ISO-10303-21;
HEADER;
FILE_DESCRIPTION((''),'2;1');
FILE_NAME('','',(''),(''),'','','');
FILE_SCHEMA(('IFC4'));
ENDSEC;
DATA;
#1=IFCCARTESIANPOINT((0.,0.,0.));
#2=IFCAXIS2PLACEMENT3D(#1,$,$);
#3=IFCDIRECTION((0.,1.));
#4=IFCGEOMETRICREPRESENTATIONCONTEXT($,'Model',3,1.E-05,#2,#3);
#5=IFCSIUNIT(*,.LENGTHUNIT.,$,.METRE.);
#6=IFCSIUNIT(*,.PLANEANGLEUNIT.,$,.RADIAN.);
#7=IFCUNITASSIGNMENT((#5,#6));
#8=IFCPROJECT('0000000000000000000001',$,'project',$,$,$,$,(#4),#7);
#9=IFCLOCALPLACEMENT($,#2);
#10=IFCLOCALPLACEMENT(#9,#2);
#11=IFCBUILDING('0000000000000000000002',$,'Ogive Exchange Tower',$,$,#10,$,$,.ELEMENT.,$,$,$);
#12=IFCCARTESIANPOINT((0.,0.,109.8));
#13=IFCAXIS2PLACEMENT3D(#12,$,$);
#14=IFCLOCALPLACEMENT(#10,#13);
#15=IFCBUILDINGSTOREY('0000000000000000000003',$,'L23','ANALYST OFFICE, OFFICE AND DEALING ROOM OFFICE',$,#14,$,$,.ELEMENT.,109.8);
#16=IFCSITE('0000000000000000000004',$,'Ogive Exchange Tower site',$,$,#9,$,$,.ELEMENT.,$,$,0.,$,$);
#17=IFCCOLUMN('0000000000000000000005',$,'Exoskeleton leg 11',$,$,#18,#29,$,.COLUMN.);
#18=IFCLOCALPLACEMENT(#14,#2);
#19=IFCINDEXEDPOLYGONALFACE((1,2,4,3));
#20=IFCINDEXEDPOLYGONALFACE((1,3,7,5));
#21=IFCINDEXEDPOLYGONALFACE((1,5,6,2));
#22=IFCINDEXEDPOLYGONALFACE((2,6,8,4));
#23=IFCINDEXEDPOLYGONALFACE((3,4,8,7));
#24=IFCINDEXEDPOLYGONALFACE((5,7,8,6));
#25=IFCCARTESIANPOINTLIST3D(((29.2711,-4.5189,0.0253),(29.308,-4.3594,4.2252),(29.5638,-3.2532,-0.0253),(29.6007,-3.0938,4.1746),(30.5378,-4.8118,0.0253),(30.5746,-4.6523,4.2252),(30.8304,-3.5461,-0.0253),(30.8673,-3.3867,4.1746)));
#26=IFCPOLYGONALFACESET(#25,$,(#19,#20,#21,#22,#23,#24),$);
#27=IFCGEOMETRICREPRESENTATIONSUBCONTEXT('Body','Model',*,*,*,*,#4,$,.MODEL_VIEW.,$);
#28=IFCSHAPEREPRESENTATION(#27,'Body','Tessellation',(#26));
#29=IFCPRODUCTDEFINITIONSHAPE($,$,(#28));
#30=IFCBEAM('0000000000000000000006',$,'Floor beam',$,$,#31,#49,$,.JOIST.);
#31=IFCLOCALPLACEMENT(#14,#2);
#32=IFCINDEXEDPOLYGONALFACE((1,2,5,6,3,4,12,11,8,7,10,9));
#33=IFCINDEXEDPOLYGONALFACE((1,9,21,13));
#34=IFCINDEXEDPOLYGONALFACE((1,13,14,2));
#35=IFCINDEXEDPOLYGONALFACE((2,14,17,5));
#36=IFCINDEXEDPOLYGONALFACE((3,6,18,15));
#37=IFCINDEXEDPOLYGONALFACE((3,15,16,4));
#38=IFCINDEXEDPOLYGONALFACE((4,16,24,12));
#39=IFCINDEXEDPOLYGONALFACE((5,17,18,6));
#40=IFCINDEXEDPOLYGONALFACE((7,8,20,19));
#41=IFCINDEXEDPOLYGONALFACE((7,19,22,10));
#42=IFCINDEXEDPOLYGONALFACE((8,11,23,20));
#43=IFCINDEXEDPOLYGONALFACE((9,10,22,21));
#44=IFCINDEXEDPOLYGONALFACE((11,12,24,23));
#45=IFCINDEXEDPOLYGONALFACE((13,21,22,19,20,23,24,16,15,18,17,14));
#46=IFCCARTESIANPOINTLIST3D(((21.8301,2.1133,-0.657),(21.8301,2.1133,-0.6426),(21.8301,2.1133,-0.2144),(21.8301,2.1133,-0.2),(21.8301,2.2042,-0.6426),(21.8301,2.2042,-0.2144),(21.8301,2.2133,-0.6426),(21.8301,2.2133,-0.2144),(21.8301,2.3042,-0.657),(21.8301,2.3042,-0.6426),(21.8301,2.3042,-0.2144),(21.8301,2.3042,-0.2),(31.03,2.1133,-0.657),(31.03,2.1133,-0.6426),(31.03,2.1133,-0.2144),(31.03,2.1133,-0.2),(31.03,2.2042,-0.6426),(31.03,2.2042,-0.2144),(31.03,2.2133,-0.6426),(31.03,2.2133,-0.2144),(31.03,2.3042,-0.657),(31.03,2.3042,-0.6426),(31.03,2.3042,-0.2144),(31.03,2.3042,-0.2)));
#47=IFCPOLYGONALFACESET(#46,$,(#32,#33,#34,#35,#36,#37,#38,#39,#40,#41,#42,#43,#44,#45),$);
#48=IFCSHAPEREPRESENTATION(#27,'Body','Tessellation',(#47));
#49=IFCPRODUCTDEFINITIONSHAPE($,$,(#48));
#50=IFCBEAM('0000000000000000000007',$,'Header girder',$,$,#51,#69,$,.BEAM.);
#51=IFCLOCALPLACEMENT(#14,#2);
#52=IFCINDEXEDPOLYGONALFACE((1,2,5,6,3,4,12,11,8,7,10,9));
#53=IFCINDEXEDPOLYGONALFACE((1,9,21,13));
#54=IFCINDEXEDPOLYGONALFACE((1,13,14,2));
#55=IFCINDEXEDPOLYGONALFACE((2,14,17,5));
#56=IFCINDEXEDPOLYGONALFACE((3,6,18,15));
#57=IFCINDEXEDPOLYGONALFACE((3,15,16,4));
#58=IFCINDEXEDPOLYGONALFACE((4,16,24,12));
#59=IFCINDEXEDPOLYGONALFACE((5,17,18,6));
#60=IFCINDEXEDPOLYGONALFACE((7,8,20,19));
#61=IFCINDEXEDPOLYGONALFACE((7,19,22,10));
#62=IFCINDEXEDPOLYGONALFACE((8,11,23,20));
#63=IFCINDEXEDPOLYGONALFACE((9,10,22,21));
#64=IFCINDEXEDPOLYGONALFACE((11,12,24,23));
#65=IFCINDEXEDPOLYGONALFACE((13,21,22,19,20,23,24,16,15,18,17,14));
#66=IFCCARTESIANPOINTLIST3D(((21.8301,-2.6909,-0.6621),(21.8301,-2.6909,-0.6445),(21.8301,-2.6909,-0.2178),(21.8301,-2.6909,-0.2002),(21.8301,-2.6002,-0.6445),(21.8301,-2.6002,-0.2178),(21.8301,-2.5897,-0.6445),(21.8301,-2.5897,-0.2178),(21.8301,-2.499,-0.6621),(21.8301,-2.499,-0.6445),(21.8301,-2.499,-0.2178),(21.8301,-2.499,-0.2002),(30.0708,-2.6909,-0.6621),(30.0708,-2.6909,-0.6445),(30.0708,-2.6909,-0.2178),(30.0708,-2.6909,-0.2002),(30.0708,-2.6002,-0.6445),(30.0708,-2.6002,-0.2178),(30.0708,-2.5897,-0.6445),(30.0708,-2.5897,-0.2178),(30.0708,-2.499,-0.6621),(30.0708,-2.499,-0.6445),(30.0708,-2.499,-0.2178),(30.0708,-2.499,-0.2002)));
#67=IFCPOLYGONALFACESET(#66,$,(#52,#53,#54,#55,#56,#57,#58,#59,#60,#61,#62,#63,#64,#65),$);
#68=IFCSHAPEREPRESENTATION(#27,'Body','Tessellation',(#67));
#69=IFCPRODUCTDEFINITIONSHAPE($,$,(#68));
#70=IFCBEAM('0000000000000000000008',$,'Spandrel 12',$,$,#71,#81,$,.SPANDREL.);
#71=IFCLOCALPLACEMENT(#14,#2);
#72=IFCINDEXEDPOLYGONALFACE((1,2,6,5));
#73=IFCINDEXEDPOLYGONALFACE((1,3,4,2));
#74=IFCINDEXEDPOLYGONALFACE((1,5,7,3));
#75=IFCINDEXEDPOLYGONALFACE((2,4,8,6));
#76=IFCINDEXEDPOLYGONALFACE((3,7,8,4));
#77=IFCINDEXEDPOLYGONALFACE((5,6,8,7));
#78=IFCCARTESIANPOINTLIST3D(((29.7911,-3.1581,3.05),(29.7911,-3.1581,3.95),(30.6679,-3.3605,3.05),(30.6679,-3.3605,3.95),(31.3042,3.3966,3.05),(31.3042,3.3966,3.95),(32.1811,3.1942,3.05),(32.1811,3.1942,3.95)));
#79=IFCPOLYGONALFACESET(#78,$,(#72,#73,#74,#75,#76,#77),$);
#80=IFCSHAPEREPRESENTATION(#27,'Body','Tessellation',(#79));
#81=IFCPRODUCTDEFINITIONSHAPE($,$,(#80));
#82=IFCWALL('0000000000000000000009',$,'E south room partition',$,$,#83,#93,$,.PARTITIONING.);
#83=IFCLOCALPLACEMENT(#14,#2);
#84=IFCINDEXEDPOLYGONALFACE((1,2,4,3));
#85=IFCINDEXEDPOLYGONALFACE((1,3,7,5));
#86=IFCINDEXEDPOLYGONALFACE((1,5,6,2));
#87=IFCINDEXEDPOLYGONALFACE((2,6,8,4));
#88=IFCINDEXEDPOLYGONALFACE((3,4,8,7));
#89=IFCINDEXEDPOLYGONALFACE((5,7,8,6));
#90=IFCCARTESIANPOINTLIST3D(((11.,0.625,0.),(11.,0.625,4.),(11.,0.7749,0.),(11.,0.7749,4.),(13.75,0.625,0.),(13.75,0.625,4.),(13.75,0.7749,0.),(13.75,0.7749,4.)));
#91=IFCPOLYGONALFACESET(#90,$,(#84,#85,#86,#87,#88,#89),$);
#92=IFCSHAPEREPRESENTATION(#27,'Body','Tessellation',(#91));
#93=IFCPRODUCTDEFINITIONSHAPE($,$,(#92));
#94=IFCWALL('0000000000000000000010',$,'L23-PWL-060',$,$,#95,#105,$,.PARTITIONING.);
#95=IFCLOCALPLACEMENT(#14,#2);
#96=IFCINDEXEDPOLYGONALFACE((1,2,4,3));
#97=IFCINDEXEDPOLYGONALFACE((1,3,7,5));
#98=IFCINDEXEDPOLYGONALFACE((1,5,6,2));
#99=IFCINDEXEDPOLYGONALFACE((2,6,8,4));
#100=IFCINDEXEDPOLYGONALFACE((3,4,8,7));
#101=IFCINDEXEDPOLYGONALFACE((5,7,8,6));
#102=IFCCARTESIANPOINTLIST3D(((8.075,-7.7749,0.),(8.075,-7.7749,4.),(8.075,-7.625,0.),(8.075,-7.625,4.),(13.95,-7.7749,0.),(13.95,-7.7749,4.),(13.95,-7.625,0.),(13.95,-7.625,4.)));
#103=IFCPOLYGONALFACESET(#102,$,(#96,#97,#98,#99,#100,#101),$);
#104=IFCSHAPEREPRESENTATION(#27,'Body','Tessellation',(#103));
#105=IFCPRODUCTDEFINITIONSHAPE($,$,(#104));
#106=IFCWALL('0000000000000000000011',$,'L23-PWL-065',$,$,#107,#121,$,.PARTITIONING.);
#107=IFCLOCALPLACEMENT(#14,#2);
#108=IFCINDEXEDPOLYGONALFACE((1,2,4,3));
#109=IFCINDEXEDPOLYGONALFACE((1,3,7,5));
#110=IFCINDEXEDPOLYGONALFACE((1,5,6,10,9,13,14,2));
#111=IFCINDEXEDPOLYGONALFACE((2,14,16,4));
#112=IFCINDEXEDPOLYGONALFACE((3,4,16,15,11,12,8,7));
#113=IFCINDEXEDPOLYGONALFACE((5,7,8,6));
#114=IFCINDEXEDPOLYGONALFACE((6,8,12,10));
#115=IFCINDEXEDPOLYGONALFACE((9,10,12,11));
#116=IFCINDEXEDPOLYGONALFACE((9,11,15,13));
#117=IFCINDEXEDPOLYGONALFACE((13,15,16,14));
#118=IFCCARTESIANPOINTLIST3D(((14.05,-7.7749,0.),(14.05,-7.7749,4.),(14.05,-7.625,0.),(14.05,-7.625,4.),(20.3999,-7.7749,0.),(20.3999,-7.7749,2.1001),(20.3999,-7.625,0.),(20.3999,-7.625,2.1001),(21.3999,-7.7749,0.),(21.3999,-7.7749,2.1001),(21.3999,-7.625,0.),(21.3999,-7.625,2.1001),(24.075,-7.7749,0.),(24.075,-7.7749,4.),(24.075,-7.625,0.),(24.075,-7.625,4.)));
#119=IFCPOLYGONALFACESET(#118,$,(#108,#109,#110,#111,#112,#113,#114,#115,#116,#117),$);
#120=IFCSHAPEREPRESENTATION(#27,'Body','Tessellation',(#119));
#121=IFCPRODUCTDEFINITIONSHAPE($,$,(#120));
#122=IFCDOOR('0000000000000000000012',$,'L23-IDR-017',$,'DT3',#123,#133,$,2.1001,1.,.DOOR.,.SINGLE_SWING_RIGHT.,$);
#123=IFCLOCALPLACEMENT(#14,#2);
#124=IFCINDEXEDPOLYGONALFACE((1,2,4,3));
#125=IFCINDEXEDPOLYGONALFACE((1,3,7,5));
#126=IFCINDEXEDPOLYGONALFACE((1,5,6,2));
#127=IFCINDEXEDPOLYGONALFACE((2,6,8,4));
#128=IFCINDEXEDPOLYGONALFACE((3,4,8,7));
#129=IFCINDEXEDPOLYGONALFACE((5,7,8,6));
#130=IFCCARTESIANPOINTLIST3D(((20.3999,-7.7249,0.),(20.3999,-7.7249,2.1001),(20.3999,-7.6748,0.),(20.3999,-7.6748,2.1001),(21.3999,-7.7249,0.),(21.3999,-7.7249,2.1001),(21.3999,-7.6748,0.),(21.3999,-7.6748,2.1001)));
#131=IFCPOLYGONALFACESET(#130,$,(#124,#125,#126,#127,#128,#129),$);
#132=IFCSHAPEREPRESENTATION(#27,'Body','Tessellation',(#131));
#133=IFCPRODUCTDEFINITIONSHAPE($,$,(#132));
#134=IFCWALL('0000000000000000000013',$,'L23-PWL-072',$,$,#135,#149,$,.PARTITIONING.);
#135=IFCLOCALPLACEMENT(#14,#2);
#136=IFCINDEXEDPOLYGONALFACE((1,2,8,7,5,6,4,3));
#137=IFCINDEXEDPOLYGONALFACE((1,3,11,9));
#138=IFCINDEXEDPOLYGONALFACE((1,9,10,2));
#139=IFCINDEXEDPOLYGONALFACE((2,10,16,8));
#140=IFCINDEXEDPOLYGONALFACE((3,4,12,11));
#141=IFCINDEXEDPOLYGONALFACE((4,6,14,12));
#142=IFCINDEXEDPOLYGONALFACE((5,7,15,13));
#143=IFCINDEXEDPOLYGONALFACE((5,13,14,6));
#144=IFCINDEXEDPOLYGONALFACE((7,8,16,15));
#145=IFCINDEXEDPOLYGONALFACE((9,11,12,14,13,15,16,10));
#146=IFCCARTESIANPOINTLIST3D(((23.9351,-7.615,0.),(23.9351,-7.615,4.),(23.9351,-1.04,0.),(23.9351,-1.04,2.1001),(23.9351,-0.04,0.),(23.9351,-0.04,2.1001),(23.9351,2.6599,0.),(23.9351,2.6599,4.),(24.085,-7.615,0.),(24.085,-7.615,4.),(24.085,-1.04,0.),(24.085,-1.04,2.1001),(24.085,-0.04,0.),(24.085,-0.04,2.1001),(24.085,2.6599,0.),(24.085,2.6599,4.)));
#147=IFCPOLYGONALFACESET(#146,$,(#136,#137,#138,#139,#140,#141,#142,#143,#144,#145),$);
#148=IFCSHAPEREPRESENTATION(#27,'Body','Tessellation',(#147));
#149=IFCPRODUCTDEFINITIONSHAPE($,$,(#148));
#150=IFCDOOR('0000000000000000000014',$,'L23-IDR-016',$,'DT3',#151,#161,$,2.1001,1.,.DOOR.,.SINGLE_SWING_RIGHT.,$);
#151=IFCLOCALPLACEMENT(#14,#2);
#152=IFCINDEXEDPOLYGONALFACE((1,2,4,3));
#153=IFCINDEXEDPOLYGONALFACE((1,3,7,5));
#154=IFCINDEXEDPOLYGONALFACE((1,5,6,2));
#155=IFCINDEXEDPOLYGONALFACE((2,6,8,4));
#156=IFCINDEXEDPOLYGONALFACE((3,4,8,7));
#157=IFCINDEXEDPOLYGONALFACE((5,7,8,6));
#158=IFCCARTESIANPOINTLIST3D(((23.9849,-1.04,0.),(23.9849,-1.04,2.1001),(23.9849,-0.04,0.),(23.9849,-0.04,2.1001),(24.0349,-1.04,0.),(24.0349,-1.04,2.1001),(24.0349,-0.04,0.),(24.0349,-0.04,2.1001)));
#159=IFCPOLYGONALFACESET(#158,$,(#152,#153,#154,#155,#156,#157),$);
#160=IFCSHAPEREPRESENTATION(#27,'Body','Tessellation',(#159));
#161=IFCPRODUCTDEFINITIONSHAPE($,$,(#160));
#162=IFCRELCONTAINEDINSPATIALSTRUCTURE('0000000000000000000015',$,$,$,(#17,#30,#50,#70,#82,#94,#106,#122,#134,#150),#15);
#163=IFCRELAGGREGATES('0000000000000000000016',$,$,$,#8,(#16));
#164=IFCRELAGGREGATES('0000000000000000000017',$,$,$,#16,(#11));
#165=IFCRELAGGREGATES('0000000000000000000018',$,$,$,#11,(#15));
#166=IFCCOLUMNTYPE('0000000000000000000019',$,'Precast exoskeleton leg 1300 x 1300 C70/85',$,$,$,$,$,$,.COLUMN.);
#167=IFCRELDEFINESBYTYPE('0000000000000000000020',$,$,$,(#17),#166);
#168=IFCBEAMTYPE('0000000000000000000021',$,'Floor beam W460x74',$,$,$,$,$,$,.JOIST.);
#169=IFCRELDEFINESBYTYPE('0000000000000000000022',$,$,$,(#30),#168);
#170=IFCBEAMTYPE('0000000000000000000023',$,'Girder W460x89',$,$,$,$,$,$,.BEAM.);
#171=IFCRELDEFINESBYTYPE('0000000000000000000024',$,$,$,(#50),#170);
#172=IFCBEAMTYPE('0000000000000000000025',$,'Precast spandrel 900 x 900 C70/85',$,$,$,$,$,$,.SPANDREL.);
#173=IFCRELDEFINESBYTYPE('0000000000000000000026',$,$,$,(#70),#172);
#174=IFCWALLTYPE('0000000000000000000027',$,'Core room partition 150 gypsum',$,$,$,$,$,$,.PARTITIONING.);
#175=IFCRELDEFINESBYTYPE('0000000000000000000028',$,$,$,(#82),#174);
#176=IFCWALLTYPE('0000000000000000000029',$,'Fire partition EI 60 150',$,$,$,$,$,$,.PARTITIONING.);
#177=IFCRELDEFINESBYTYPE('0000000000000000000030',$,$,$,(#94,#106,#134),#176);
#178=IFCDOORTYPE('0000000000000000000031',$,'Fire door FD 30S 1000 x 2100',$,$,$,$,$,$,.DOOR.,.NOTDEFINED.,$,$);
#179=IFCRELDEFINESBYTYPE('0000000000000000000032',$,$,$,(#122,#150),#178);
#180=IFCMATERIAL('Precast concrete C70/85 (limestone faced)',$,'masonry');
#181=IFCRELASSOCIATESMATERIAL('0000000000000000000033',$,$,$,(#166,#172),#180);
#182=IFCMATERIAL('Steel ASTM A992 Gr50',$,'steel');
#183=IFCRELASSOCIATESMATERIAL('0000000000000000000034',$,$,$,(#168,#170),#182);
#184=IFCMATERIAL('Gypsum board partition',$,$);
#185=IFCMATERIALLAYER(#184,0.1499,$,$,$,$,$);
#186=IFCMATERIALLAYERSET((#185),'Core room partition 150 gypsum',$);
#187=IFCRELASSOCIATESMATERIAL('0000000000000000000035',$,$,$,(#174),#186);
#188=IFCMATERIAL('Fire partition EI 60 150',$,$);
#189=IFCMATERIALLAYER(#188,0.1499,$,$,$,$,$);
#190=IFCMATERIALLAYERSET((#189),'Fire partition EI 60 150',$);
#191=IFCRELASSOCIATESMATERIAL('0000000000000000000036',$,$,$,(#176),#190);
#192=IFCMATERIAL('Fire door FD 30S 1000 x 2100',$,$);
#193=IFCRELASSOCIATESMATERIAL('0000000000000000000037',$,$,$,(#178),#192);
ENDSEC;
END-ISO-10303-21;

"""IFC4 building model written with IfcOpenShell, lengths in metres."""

from ifc_helpers import new_model, si_unit, direction, frame, frame_2d, origin, origin_2d, place, context, subcontext, project, spatial, rectangle, i_section, extrude, material, layer, layer_set, material_profile, profile_set, type_object, element, fill, save


model = new_model("IFC4")

# Units and contexts
model_context = context("Model", 3, precision=1e-05, world=origin(), true_north=direction((0.0, 1.0)))
body_context = subcontext(model_context, "Body", "Model", "MODEL_VIEW")
ifc_project = project(units=[si_unit("LENGTHUNIT", "METRE"), si_unit("PLANEANGLEUNIT", "RADIAN")], contexts=[model_context])

# Site, building, storey
site_placement = place(None, origin())
site = spatial("IfcSite", under=ifc_project, at=site_placement, Name="Ogive Exchange Tower site", CompositionType="ELEMENT", RefElevation=0.0)
building_placement = place(site_placement, origin())
building = spatial("IfcBuilding", under=site, at=building_placement, Name="Ogive Exchange Tower", CompositionType="ELEMENT")
storey_placement = place(building_placement, frame((0.0, 0.0, 109.8)))
storey = spatial("IfcBuildingStorey", under=building, at=storey_placement, Name="L23", Description="ANALYST OFFICE, OFFICE AND DEALING ROOM OFFICE", CompositionType="ELEMENT", Elevation=109.8)

# Column
ifc_material_1 = material(Name="Precast concrete C70/85 (limestone faced)", Category="masonry")
ifc_material_profile_1 = material_profile(ifc_material_1, rectangle(XDim=1.3, YDim=1.3, at=origin_2d()), Name="1300 x 1300")
ifc_profile_set_1 = profile_set([ifc_material_profile_1], Name="Precast concrete C70/85 (limestone faced)")
column_type = type_object("IfcColumnType", Name="Precast exoskeleton leg 1300 x 1300 C70/85", PredefinedType="COLUMN", material=ifc_profile_set_1)
column_placement = place(storey_placement, frame((30.0508, -4.0325, 0.0), z_axis=(0.008771, 0.03793, 0.999242), x_axis=(-0.974291, 0.225295, 0.0)))
element("IfcColumn", 1, at=column_placement, inside=storey, type_object=column_type, Name="Exoskeleton leg 11", PredefinedType="COLUMN", context=body_context, shape_type="SweptSolid", body=[
    extrude(rectangle(XDim=1.3, YDim=1.3, at=origin_2d()), origin(), (0.0, 0.0, 1.0), 4.2031),
])

# Beams
ifc_material_2 = material(Name="Steel ASTM A992 Gr50", Category="steel")
ifc_material_profile_2 = material_profile(ifc_material_2, i_section(OverallWidth=0.1909, OverallDepth=0.457, WebThickness=0.009, FlangeThickness=0.0144, at=origin_2d()), Name="W460x74")
ifc_profile_set_2 = profile_set([ifc_material_profile_2], Name="Steel ASTM A992 Gr50")
beam_type_1 = type_object("IfcBeamType", Name="Floor beam W460x74", PredefinedType="JOIST", material=ifc_profile_set_2)
beam_1_placement = place(storey_placement, frame((21.8301, 2.2087, -0.4285), z_axis=(1.0, 0.0, 0.0), x_axis=(0.0, 1.0, 0.0)))
element("IfcBeam", 2, at=beam_1_placement, inside=storey, type_object=beam_type_1, Name="Floor beam", PredefinedType="JOIST", context=body_context, shape_type="SweptSolid", body=[
    extrude(i_section(OverallWidth=0.1909, OverallDepth=0.457, WebThickness=0.009, FlangeThickness=0.0144, at=origin_2d()), origin(), (0.0, 0.0, 1.0), 9.2),
])
ifc_material_profile_3 = material_profile(ifc_material_2, i_section(OverallWidth=0.1919, OverallDepth=0.4619, WebThickness=0.0105, FlangeThickness=0.0176, at=origin_2d()), Name="W460x89")
ifc_profile_set_3 = profile_set([ifc_material_profile_3], Name="Steel ASTM A992 Gr50")
beam_type_2 = type_object("IfcBeamType", Name="Girder W460x89", PredefinedType="BEAM", material=ifc_profile_set_3)
beam_2_placement = place(storey_placement, frame((21.8301, -2.595, -0.4312), z_axis=(1.0, 0.0, 0.0), x_axis=(0.0, 1.0, 0.0)))
element("IfcBeam", 3, at=beam_2_placement, inside=storey, type_object=beam_type_2, Name="Header girder", PredefinedType="BEAM", context=body_context, shape_type="SweptSolid", body=[
    extrude(i_section(OverallWidth=0.1919, OverallDepth=0.4619, WebThickness=0.0105, FlangeThickness=0.0176, at=origin_2d()), origin(), (0.0, 0.0, 1.0), 8.2407),
])
ifc_material_profile_4 = material_profile(ifc_material_1, rectangle(XDim=0.8999, YDim=0.8999, at=origin_2d()), Name="900 x 900")
ifc_profile_set_4 = profile_set([ifc_material_profile_4], Name="Precast concrete C70/85 (limestone faced)")
beam_type_3 = type_object("IfcBeamType", Name="Precast spandrel 900 x 900 C70/85", PredefinedType="SPANDREL", material=ifc_profile_set_4)
beam_3_placement = place(storey_placement, frame((30.2295, -3.2593, 3.5), z_axis=(0.224939, 0.974373, 0.0), x_axis=(-0.974373, 0.224939, 0.0)))
element("IfcBeam", 4, at=beam_3_placement, inside=storey, type_object=beam_type_3, Name="Spandrel 12", PredefinedType="SPANDREL", context=body_context, shape_type="SweptSolid", body=[
    extrude(rectangle(XDim=0.8999, YDim=0.8999, at=origin_2d()), origin(), (0.0, 0.0, 1.0), 6.7271),
])

# Walls
ifc_material_3 = material(Name="Gypsum board partition")
ifc_layer_1 = layer(ifc_material_3, 0.1499)
ifc_layer_set_1 = layer_set([ifc_layer_1], Name="Core room partition 150 gypsum")
wall_type_1 = type_object("IfcWallType", Name="Core room partition 150 gypsum", PredefinedType="PARTITIONING", material=ifc_layer_set_1)
wall_1_placement = place(storey_placement, frame((11.0, 0.7, 0.0), z_axis=(0.0, 0.0, 1.0), x_axis=(1.0, 0.0, 0.0)))
element("IfcWall", 5, at=wall_1_placement, inside=storey, type_object=wall_type_1, Name="E south room partition", PredefinedType="PARTITIONING", context=body_context, shape_type="SweptSolid", body=[
    extrude(rectangle(XDim=2.75, YDim=0.1499, at=frame_2d((1.375, 0.0))), origin(), (0.0, 0.0, 1.0), 4.0),
])
ifc_material_4 = material(Name="Fire partition EI 60 150")
ifc_layer_2 = layer(ifc_material_4, 0.1499)
ifc_layer_set_2 = layer_set([ifc_layer_2], Name="Fire partition EI 60 150")
wall_type_2 = type_object("IfcWallType", Name="Fire partition EI 60 150", PredefinedType="PARTITIONING", material=ifc_layer_set_2)
wall_2_placement = place(storey_placement, frame((13.95, -7.7, 0.0), z_axis=(0.0, 0.0, 1.0), x_axis=(-1.0, 0.0, 0.0)))
element("IfcWall", 6, at=wall_2_placement, inside=storey, type_object=wall_type_2, Name="L23-PWL-060", PredefinedType="PARTITIONING", context=body_context, shape_type="SweptSolid", body=[
    extrude(rectangle(XDim=5.875, YDim=0.1499, at=frame_2d((2.9375, 0.0))), origin(), (0.0, 0.0, 1.0), 4.0),
])

# Walls, openings, doors
wall_3_placement = place(storey_placement, frame((24.075, -7.7, 0.0), z_axis=(0.0, 0.0, 1.0), x_axis=(-1.0, 0.0, 0.0)))
wall_3 = element("IfcWall", 7, at=wall_3_placement, inside=storey, type_object=wall_type_2, Name="L23-PWL-065", PredefinedType="PARTITIONING", context=body_context, shape_type="SweptSolid", body=[
    extrude(rectangle(XDim=10.0249, YDim=0.1499, at=frame_2d((5.0125, 0.0))), origin(), (0.0, 0.0, 1.0), 4.0),
])
opening_1_placement = place(wall_3_placement, frame((2.675, 0.0, 0.0)))
opening_1 = element("IfcOpeningElement", 8, at=opening_1_placement, cuts=wall_3, PredefinedType="OPENING", context=body_context, shape_type="SweptSolid", body=[
    extrude(rectangle(XDim=1.0, YDim=2.1001, at=frame_2d((0.5, 1.05))), frame((0.0, 0.085, 0.0), z_axis=(0.0, -1.0, 0.0), x_axis=(1.0, 0.0, 0.0)), (0.0, 0.0, 1.0), 0.1699),
])
ifc_material_5 = material(Name="Fire door FD 30S 1000 x 2100")
door_type_1 = type_object("IfcDoorType", Name="Fire door FD 30S 1000 x 2100", OperationType="NOTDEFINED", PredefinedType="DOOR", material=ifc_material_5)
door_1_placement = place(opening_1_placement, origin())
door_1 = element("IfcDoor", 9, at=door_1_placement, inside=storey, type_object=door_type_1, Name="L23-IDR-017", ObjectType="DT3", OperationType="SINGLE_SWING_RIGHT", OverallHeight=2.1001, OverallWidth=1.0, PredefinedType="DOOR", context=body_context, shape_type="SweptSolid", body=[
    extrude(rectangle(XDim=1.0, YDim=2.1001, at=frame_2d((0.5, 1.05))), frame((0.0, 0.0249, 0.0), z_axis=(0.0, -1.0, 0.0), x_axis=(1.0, 0.0, 0.0)), (0.0, 0.0, 1.0), 0.05),
])
fill(opening_1, door_1)
wall_4_placement = place(storey_placement, frame((24.01, 2.6599, 0.0), z_axis=(0.0, 0.0, 1.0), x_axis=(0.0, -1.0, 0.0)))
wall_4 = element("IfcWall", 10, at=wall_4_placement, inside=storey, type_object=wall_type_2, Name="L23-PWL-072", PredefinedType="PARTITIONING", context=body_context, shape_type="SweptSolid", body=[
    extrude(rectangle(XDim=10.2749, YDim=0.1499, at=frame_2d((5.1375, 0.0))), origin(), (0.0, 0.0, 1.0), 4.0),
])
opening_2_placement = place(wall_4_placement, frame((2.7, 0.0, 0.0)))
opening_2 = element("IfcOpeningElement", 11, at=opening_2_placement, cuts=wall_4, PredefinedType="OPENING", context=body_context, shape_type="SweptSolid", body=[
    extrude(rectangle(XDim=1.0, YDim=2.1001, at=frame_2d((0.5, 1.05))), frame((0.0, 0.085, 0.0), z_axis=(0.0, -1.0, 0.0), x_axis=(1.0, 0.0, 0.0)), (0.0, 0.0, 1.0), 0.1699),
])
door_2_placement = place(opening_2_placement, origin())
door_2 = element("IfcDoor", 12, at=door_2_placement, inside=storey, type_object=door_type_1, Name="L23-IDR-016", ObjectType="DT3", OperationType="SINGLE_SWING_RIGHT", OverallHeight=2.1001, OverallWidth=1.0, PredefinedType="DOOR", context=body_context, shape_type="SweptSolid", body=[
    extrude(rectangle(XDim=1.0, YDim=2.1001, at=frame_2d((0.5, 1.05))), frame((0.0, 0.0249, 0.0), z_axis=(0.0, -1.0, 0.0), x_axis=(1.0, 0.0, 0.0)), (0.0, 0.0, 1.0), 0.05),
])
fill(opening_2, door_2)

save(model, "model.ifc")
